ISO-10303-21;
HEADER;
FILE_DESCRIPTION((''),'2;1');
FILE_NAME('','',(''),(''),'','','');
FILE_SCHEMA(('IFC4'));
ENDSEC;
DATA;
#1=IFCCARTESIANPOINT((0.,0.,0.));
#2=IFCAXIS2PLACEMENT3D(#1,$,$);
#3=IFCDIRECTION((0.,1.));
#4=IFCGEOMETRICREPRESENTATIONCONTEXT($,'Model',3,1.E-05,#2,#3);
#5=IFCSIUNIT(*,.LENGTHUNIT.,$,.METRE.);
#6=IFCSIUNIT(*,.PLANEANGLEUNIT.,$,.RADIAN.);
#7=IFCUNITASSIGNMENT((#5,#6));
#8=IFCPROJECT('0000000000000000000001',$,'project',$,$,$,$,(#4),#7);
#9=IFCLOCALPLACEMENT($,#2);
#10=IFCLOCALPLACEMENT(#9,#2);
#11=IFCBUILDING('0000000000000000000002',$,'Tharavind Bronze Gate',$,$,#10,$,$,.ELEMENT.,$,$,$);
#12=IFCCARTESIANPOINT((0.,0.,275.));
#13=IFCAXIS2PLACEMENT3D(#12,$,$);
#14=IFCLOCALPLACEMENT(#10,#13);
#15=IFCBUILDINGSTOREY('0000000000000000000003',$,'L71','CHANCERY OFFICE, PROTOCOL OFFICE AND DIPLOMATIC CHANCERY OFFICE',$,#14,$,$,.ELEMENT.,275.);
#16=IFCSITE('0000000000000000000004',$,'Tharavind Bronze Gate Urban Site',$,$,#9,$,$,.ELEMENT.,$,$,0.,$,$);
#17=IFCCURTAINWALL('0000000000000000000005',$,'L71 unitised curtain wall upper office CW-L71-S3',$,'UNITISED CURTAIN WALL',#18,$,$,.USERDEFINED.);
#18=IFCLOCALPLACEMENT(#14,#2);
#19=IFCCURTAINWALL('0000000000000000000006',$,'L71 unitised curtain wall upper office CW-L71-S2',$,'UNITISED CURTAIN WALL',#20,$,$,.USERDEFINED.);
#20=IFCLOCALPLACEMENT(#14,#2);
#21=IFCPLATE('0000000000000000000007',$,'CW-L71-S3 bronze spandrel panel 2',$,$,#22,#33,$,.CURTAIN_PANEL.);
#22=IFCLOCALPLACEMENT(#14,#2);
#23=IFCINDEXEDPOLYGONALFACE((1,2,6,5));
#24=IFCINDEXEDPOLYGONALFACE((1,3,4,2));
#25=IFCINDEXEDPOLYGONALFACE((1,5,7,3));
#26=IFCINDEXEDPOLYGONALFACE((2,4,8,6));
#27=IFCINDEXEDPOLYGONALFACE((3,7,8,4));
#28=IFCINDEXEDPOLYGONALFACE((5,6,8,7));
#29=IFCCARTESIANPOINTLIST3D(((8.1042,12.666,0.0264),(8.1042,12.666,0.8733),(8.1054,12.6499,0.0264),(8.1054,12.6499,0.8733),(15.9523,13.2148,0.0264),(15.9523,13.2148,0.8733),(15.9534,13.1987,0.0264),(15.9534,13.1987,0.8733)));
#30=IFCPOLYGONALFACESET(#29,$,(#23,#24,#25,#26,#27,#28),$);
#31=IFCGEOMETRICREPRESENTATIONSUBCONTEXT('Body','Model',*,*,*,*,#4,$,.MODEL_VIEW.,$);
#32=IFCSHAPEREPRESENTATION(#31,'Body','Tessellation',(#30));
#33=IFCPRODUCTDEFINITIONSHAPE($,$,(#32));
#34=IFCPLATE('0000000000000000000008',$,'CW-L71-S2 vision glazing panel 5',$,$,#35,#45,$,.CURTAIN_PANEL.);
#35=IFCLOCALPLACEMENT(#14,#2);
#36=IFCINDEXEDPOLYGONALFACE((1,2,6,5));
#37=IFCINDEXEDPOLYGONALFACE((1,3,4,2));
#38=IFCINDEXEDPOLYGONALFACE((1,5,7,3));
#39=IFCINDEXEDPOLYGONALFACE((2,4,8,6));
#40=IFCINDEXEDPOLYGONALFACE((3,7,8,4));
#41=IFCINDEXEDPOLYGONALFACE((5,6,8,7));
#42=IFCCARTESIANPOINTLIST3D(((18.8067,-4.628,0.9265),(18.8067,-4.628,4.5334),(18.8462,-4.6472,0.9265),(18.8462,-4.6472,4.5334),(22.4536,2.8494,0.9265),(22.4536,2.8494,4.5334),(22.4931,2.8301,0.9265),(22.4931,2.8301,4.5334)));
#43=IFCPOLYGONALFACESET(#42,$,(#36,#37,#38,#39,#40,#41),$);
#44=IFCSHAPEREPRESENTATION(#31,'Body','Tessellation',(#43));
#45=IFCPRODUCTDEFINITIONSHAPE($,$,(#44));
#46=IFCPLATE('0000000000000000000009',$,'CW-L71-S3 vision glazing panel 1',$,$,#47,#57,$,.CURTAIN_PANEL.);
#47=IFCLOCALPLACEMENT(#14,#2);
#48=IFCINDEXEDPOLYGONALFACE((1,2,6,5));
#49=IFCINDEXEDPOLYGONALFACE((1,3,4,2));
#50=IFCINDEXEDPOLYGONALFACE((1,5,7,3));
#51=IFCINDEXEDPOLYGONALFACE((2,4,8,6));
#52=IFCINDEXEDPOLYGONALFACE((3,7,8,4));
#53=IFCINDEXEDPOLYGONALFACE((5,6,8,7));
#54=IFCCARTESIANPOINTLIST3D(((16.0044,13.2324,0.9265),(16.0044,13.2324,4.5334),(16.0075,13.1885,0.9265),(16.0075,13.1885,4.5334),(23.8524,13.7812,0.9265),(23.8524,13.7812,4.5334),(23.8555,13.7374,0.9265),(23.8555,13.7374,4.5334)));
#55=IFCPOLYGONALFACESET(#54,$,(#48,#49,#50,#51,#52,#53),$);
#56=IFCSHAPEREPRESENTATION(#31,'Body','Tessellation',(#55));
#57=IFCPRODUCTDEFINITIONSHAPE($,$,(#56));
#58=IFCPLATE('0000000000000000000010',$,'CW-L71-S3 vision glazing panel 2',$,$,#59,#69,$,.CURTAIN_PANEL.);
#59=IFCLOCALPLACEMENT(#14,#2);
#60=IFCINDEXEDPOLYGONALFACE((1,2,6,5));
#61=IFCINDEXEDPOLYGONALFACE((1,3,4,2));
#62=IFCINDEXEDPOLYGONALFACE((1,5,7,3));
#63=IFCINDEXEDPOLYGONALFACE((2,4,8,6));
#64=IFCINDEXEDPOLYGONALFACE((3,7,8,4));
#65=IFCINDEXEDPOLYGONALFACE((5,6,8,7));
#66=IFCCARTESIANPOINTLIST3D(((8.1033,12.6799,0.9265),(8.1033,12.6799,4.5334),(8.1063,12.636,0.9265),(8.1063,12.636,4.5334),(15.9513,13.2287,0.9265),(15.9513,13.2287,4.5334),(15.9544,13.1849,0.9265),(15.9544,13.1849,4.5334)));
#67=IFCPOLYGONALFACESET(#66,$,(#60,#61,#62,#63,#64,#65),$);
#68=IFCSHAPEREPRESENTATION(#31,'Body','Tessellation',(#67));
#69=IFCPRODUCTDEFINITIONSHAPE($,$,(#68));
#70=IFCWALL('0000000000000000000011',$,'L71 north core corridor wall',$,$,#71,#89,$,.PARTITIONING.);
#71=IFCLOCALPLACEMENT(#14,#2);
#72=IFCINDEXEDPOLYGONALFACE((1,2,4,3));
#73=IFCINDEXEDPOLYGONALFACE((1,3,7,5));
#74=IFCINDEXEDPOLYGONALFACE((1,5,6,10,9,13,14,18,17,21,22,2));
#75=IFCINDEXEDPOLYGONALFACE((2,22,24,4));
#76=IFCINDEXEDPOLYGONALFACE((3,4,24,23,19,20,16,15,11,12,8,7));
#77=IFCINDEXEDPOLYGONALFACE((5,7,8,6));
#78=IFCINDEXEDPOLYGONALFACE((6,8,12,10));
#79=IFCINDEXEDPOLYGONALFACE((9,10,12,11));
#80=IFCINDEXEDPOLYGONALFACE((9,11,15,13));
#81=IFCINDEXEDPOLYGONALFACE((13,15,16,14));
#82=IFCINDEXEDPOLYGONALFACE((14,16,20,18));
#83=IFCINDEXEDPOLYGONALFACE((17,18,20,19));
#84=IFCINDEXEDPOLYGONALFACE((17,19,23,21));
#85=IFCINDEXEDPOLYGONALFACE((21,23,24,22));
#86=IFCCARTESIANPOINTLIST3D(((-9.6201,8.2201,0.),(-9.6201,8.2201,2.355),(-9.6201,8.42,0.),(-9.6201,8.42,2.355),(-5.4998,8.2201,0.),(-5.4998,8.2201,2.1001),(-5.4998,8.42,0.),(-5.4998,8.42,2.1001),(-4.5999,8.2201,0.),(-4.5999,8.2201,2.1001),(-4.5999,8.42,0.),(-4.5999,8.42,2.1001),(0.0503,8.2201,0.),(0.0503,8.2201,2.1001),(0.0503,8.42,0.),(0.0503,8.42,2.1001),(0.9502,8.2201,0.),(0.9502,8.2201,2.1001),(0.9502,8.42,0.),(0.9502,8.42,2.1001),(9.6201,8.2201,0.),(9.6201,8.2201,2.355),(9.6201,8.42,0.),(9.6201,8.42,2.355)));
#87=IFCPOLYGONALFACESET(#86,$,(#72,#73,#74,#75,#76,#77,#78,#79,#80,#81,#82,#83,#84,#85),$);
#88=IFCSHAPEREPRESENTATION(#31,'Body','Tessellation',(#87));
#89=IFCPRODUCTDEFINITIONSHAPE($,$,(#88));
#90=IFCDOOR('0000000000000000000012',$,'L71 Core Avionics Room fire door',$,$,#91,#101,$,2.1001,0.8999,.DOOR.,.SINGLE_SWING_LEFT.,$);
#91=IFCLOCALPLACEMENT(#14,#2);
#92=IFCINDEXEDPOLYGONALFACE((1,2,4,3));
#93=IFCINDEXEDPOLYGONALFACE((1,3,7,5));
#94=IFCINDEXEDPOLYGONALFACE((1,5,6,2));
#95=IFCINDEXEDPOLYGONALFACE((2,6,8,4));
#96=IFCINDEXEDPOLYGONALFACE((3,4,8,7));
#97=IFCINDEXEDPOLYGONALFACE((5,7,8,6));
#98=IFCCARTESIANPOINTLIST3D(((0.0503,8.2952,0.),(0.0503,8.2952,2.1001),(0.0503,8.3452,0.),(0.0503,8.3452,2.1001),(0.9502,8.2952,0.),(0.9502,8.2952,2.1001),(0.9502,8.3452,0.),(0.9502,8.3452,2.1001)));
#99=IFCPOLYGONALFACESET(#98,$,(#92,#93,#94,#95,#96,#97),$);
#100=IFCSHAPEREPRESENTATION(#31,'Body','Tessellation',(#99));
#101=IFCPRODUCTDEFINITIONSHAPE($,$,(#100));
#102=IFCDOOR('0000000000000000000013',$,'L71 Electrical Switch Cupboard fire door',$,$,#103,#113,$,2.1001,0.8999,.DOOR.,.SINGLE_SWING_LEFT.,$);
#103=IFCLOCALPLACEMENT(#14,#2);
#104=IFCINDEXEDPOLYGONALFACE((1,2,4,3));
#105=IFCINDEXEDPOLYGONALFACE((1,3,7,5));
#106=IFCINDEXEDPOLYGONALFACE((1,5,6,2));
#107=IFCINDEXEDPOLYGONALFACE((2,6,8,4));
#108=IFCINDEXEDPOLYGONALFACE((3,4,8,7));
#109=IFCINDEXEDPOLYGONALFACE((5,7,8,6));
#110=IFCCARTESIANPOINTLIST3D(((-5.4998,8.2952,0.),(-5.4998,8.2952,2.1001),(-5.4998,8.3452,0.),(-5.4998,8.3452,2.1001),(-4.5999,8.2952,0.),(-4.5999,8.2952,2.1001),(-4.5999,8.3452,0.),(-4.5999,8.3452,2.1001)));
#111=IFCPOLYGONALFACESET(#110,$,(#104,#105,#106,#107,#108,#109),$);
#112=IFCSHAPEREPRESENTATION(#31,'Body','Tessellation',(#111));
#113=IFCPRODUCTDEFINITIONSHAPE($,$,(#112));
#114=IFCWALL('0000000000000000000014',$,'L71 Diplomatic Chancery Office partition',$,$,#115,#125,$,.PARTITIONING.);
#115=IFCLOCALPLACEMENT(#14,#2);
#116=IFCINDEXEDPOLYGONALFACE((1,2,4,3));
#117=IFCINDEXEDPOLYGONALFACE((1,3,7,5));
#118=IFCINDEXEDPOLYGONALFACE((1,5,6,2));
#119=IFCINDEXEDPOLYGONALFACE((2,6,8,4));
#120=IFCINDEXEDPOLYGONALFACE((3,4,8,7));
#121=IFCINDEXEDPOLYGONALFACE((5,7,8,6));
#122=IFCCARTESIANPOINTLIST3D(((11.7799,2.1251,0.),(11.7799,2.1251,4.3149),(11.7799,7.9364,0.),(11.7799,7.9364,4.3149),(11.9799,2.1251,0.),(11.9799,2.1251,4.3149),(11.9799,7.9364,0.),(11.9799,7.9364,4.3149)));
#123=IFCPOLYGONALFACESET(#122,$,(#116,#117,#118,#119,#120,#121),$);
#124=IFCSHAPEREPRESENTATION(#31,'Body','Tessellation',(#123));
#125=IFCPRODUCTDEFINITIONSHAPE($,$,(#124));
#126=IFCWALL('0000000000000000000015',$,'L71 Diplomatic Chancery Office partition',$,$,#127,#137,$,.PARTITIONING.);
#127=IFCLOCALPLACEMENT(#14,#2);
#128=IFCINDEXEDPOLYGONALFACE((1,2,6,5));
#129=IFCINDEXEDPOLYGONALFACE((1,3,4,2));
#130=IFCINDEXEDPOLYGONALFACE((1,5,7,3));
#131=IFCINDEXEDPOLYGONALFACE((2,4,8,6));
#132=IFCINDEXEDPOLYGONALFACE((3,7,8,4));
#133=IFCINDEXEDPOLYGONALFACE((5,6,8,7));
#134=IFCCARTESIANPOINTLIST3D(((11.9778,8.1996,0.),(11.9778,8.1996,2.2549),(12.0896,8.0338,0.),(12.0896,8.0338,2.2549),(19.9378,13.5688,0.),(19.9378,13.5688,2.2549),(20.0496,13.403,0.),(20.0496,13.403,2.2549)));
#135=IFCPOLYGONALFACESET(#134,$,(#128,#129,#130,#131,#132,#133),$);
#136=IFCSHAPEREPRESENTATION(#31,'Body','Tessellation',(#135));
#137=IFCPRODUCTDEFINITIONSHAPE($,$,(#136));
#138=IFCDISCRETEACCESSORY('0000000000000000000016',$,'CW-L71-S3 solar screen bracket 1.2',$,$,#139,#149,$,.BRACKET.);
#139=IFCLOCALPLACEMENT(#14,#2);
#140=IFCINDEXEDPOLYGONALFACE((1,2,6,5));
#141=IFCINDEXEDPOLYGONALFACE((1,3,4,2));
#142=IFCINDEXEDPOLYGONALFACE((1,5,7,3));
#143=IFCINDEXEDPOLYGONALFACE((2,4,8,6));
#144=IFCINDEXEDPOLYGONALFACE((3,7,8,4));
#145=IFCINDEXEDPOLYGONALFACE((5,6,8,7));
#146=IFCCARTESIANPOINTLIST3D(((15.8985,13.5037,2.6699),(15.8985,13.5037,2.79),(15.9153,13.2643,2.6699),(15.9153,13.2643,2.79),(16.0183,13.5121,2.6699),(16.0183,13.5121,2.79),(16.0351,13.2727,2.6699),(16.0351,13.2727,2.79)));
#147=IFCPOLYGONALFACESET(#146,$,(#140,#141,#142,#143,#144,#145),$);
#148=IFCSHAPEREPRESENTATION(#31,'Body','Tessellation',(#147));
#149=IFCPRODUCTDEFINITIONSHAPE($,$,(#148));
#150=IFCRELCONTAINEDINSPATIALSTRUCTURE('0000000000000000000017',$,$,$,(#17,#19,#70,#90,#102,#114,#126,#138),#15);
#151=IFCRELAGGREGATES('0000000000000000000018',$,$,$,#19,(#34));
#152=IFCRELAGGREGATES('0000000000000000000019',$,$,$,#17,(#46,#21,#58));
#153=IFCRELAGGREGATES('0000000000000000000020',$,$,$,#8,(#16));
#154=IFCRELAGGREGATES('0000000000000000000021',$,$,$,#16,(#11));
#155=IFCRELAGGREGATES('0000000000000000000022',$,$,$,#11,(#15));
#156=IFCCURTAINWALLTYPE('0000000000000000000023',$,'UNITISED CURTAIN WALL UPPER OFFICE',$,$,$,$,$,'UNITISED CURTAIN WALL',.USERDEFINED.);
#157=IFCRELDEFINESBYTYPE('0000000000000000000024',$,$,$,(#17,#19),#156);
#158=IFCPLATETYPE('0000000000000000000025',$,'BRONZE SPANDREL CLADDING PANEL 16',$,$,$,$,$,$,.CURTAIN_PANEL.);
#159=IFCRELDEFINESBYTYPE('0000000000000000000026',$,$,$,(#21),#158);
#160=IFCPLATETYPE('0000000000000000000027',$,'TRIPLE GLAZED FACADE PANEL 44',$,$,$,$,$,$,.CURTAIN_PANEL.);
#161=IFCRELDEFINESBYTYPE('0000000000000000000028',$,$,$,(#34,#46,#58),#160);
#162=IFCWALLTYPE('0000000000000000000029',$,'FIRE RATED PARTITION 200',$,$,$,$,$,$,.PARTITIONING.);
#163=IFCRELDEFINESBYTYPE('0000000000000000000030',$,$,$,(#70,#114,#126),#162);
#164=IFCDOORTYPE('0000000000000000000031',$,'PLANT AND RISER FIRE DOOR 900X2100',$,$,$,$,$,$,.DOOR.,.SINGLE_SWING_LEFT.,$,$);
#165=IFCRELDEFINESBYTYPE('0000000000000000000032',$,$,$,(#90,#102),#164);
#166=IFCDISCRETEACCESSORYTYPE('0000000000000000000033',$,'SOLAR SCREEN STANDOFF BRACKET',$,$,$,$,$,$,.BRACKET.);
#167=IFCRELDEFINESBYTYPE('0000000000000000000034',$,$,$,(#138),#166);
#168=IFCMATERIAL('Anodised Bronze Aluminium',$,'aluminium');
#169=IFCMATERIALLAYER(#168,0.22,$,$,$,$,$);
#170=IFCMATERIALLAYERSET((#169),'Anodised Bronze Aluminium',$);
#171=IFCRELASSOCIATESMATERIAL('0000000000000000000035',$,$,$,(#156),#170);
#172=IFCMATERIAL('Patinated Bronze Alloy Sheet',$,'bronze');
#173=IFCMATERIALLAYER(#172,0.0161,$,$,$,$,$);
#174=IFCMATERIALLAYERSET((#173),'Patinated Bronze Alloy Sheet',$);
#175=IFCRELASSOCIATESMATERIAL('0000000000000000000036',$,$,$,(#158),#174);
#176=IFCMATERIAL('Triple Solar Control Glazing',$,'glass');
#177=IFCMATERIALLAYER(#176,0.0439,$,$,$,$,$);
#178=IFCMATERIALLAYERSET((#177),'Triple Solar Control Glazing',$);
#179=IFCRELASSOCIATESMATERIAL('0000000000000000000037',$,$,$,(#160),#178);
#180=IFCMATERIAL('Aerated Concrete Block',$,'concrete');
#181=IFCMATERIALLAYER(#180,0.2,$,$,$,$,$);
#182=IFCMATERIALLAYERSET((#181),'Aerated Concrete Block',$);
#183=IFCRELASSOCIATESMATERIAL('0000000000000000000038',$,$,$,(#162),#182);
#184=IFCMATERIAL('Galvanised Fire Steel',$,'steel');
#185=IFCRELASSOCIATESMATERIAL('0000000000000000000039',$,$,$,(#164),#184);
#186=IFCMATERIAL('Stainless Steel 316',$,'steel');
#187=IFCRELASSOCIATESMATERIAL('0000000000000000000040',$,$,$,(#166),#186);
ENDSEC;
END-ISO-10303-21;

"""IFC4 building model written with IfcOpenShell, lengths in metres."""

from ifc_helpers import new_model, si_unit, direction, frame, frame_2d, origin, origin_2d, place, context, subcontext, project, spatial, rectangle, extrude, material, layer, layer_set, type_object, element, fill, aggregate, save


model = new_model("IFC4")

# Units and contexts
model_context = context("Model", 3, precision=1e-05, world=origin(), true_north=direction((0.0, 1.0)))
body_context = subcontext(model_context, "Body", "Model", "MODEL_VIEW")
ifc_project = project(units=[si_unit("LENGTHUNIT", "METRE"), si_unit("PLANEANGLEUNIT", "RADIAN")], contexts=[model_context])

# Site, building, storey
site_placement = place(None, origin())
site = spatial("IfcSite", under=ifc_project, at=site_placement, Name="Tharavind Bronze Gate Urban Site", CompositionType="ELEMENT", RefElevation=0.0)
building_placement = place(site_placement, origin())
building = spatial("IfcBuilding", under=site, at=building_placement, Name="Tharavind Bronze Gate", CompositionType="ELEMENT")
storey_placement = place(building_placement, frame((0.0, 0.0, 275.0)))
storey = spatial("IfcBuildingStorey", under=building, at=storey_placement, Name="L71", Description="CHANCERY OFFICE, PROTOCOL OFFICE AND DIPLOMATIC CHANCERY OFFICE", CompositionType="ELEMENT", Elevation=275.0)

# Curtain wall
ifc_material_1 = material(Name="Anodised Bronze Aluminium", Category="aluminium")
ifc_layer_1 = layer(ifc_material_1, 0.22)
ifc_layer_set_1 = layer_set([ifc_layer_1], Name="Anodised Bronze Aluminium")
curtain_wall_type = type_object("IfcCurtainWallType", Name="UNITISED CURTAIN WALL UPPER OFFICE", ElementType="UNITISED CURTAIN WALL", PredefinedType="USERDEFINED", material=ifc_layer_set_1)
curtain_wall_1_placement = place(storey_placement, origin())
curtain_wall_1 = element("IfcCurtainWall", 1, at=curtain_wall_1_placement, inside=storey, type_object=curtain_wall_type, Name="L71 unitised curtain wall upper office CW-L71-S3", ObjectType="UNITISED CURTAIN WALL", PredefinedType="USERDEFINED")

# Curtain wall
curtain_wall_2_placement = place(storey_placement, origin())
curtain_wall_2 = element("IfcCurtainWall", 2, at=curtain_wall_2_placement, inside=storey, type_object=curtain_wall_type, Name="L71 unitised curtain wall upper office CW-L71-S2", ObjectType="UNITISED CURTAIN WALL", PredefinedType="USERDEFINED")

# Plates
ifc_material_2 = material(Name="Patinated Bronze Alloy Sheet", Category="bronze")
ifc_layer_2 = layer(ifc_material_2, 0.0161)
ifc_layer_set_2 = layer_set([ifc_layer_2], Name="Patinated Bronze Alloy Sheet")
plate_type_1 = type_object("IfcPlateType", Name="BRONZE SPANDREL CLADDING PANEL 16", PredefinedType="CURTAIN_PANEL", material=ifc_layer_set_2)
plate_1_placement = place(storey_placement, frame((12.0288, 12.9324, 0.0264), z_axis=(0.0, 0.0, 1.0), x_axis=(-0.997564, -0.06976, 0.0)))
plate_1 = element("IfcPlate", 3, at=plate_1_placement, type_object=plate_type_1, Name="CW-L71-S3 bronze spandrel panel 2", PredefinedType="CURTAIN_PANEL", context=body_context, shape_type="SweptSolid", body=[
    extrude(rectangle(XDim=7.8672, YDim=0.0161, at=origin_2d()), origin(), (0.0, 0.0, 1.0), 0.8469),
])
ifc_material_3 = material(Name="Triple Solar Control Glazing", Category="glass")
ifc_layer_3 = layer(ifc_material_3, 0.0439)
ifc_layer_set_3 = layer_set([ifc_layer_3], Name="Triple Solar Control Glazing")
plate_type_2 = type_object("IfcPlateType", Name="TRIPLE GLAZED FACADE PANEL 44", PredefinedType="CURTAIN_PANEL", material=ifc_layer_set_3)
plate_2_placement = place(storey_placement, frame((20.6499, -0.8989, 0.9265), z_axis=(0.0, 0.0, 1.0), x_axis=(0.438373, 0.898793, 0.0)))
plate_2 = element("IfcPlate", 4, at=plate_2_placement, type_object=plate_type_2, Name="CW-L71-S2 vision glazing panel 5", PredefinedType="CURTAIN_PANEL", context=body_context, shape_type="SweptSolid", body=[
    extrude(rectangle(XDim=8.3193, YDim=0.0439, at=origin_2d()), origin(), (0.0, 0.0, 1.0), 3.6069),
])
aggregate(curtain_wall_2, [plate_2])
plate_3_placement = place(storey_placement, frame((19.9299, 13.4849, 0.9265), z_axis=(0.0, 0.0, 1.0), x_axis=(-0.997564, -0.06976, 0.0)))
plate_3 = element("IfcPlate", 5, at=plate_3_placement, type_object=plate_type_2, Name="CW-L71-S3 vision glazing panel 1", PredefinedType="CURTAIN_PANEL", context=body_context, shape_type="SweptSolid", body=[
    extrude(rectangle(XDim=7.8672, YDim=0.0439, at=origin_2d()), origin(), (0.0, 0.0, 1.0), 3.6069),
])
plate_4_placement = place(storey_placement, frame((12.0288, 12.9324, 0.9265), z_axis=(0.0, 0.0, 1.0), x_axis=(-0.997564, -0.06976, 0.0)))
plate_4 = element("IfcPlate", 6, at=plate_4_placement, type_object=plate_type_2, Name="CW-L71-S3 vision glazing panel 2", PredefinedType="CURTAIN_PANEL", context=body_context, shape_type="SweptSolid", body=[
    extrude(rectangle(XDim=7.8672, YDim=0.0439, at=origin_2d()), origin(), (0.0, 0.0, 1.0), 3.6069),
])
aggregate(curtain_wall_1, [plate_3, plate_1, plate_4])

# Wall, openings, doors
ifc_material_4 = material(Name="Aerated Concrete Block", Category="concrete")
ifc_layer_4 = layer(ifc_material_4, 0.2)
ifc_layer_set_4 = layer_set([ifc_layer_4], Name="Aerated Concrete Block")
wall_type = type_object("IfcWallType", Name="FIRE RATED PARTITION 200", PredefinedType="PARTITIONING", material=ifc_layer_set_4)
wall_1_placement = place(storey_placement, frame((9.6201, 8.3201, 0.0), z_axis=(0.0, 0.0, 1.0), x_axis=(-1.0, 0.0, 0.0)))
wall_1 = element("IfcWall", 7, at=wall_1_placement, inside=storey, type_object=wall_type, Name="L71 north core corridor wall", PredefinedType="PARTITIONING", context=body_context, shape_type="SweptSolid", body=[
    extrude(rectangle(XDim=19.2402, YDim=0.2, at=frame_2d((9.6201, 0.0))), origin(), (0.0, 0.0, 1.0), 2.355),
])
opening_1_placement = place(wall_1_placement, frame((8.6699, 0.0, 0.0)))
opening_1 = element("IfcOpeningElement", 8, at=opening_1_placement, cuts=wall_1, PredefinedType="OPENING", context=body_context, shape_type="SweptSolid", body=[
    extrude(rectangle(XDim=0.8999, YDim=2.1001, at=frame_2d((0.45, 1.05))), frame((0.0, 0.1101, 0.0), z_axis=(0.0, -1.0, 0.0), x_axis=(1.0, 0.0, 0.0)), (0.0, 0.0, 1.0), 0.22),
])
opening_2_placement = place(wall_1_placement, frame((14.22, 0.0, 0.0)))
opening_2 = element("IfcOpeningElement", 9, at=opening_2_placement, cuts=wall_1, PredefinedType="OPENING", context=body_context, shape_type="SweptSolid", body=[
    extrude(rectangle(XDim=0.8999, YDim=2.1001, at=frame_2d((0.45, 1.05))), frame((0.0, 0.1101, 0.0), z_axis=(0.0, -1.0, 0.0), x_axis=(1.0, 0.0, 0.0)), (0.0, 0.0, 1.0), 0.22),
])
ifc_material_5 = material(Name="Galvanised Fire Steel", Category="steel")
door_type = type_object("IfcDoorType", Name="PLANT AND RISER FIRE DOOR 900X2100", OperationType="SINGLE_SWING_LEFT", PredefinedType="DOOR", material=ifc_material_5)
door_1_placement = place(opening_1_placement, origin())
door_1 = element("IfcDoor", 10, at=door_1_placement, inside=storey, type_object=door_type, Name="L71 Core Avionics Room fire door", OperationType="SINGLE_SWING_LEFT", OverallHeight=2.1001, OverallWidth=0.8999, PredefinedType="DOOR", context=body_context, shape_type="SweptSolid", body=[
    extrude(rectangle(XDim=0.8999, YDim=2.1001, at=frame_2d((0.45, 1.05))), frame((0.0, 0.0249, 0.0), z_axis=(0.0, -1.0, 0.0), x_axis=(1.0, 0.0, 0.0)), (0.0, 0.0, 1.0), 0.05),
])
fill(opening_1, door_1)
door_2_placement = place(opening_2_placement, origin())
door_2 = element("IfcDoor", 11, at=door_2_placement, inside=storey, type_object=door_type, Name="L71 Electrical Switch Cupboard fire door", OperationType="SINGLE_SWING_LEFT", OverallHeight=2.1001, OverallWidth=0.8999, PredefinedType="DOOR", context=body_context, shape_type="SweptSolid", body=[
    extrude(rectangle(XDim=0.8999, YDim=2.1001, at=frame_2d((0.45, 1.05))), frame((0.0, 0.0249, 0.0), z_axis=(0.0, -1.0, 0.0), x_axis=(1.0, 0.0, 0.0)), (0.0, 0.0, 1.0), 0.05),
])
fill(opening_2, door_2)

# Walls
wall_2_placement = place(storey_placement, frame((11.8799, 2.125, 0.0), z_axis=(0.0, 0.0, 1.0), x_axis=(0.0, 1.0, 0.0)))
element("IfcWall", 12, at=wall_2_placement, inside=storey, type_object=wall_type, Name="L71 Diplomatic Chancery Office partition", PredefinedType="PARTITIONING", context=body_context, shape_type="SweptSolid", body=[
    extrude(rectangle(XDim=5.8113, YDim=0.2, at=frame_2d((2.9058, 0.0))), origin(), (0.0, 0.0, 1.0), 4.3149),
])
wall_3_placement = place(storey_placement, frame((12.0337, 8.1167, 0.0), z_axis=(0.0, 0.0, 1.0), x_axis=(0.829034, 0.559199, 0.0)))
element("IfcWall", 13, at=wall_3_placement, inside=storey, type_object=wall_type, Name="L71 Diplomatic Chancery Office partition", PredefinedType="PARTITIONING", context=body_context, shape_type="SweptSolid", body=[
    extrude(rectangle(XDim=9.6016, YDim=0.2, at=frame_2d((4.8008, 0.0))), origin(), (0.0, 0.0, 1.0), 2.2549),
])

# Discrete accessory
ifc_material_6 = material(Name="Stainless Steel 316", Category="steel")
discrete_accessory_type = type_object("IfcDiscreteAccessoryType", Name="SOLAR SCREEN STANDOFF BRACKET", PredefinedType="BRACKET", material=ifc_material_6)
discrete_accessory_placement = place(storey_placement, frame((15.9668, 13.3882, 2.6699), z_axis=(0.0, 0.0, 1.0), x_axis=(-0.997564, -0.06976, 0.0)))
element("IfcDiscreteAccessory", 14, at=discrete_accessory_placement, inside=storey, type_object=discrete_accessory_type, Name="CW-L71-S3 solar screen bracket 1.2", PredefinedType="BRACKET", context=body_context, shape_type="SweptSolid", body=[
    extrude(rectangle(XDim=0.1201, YDim=0.24, at=origin_2d()), origin(), (0.0, 0.0, 1.0), 0.1201),
])

save(model, "model.ifc")
